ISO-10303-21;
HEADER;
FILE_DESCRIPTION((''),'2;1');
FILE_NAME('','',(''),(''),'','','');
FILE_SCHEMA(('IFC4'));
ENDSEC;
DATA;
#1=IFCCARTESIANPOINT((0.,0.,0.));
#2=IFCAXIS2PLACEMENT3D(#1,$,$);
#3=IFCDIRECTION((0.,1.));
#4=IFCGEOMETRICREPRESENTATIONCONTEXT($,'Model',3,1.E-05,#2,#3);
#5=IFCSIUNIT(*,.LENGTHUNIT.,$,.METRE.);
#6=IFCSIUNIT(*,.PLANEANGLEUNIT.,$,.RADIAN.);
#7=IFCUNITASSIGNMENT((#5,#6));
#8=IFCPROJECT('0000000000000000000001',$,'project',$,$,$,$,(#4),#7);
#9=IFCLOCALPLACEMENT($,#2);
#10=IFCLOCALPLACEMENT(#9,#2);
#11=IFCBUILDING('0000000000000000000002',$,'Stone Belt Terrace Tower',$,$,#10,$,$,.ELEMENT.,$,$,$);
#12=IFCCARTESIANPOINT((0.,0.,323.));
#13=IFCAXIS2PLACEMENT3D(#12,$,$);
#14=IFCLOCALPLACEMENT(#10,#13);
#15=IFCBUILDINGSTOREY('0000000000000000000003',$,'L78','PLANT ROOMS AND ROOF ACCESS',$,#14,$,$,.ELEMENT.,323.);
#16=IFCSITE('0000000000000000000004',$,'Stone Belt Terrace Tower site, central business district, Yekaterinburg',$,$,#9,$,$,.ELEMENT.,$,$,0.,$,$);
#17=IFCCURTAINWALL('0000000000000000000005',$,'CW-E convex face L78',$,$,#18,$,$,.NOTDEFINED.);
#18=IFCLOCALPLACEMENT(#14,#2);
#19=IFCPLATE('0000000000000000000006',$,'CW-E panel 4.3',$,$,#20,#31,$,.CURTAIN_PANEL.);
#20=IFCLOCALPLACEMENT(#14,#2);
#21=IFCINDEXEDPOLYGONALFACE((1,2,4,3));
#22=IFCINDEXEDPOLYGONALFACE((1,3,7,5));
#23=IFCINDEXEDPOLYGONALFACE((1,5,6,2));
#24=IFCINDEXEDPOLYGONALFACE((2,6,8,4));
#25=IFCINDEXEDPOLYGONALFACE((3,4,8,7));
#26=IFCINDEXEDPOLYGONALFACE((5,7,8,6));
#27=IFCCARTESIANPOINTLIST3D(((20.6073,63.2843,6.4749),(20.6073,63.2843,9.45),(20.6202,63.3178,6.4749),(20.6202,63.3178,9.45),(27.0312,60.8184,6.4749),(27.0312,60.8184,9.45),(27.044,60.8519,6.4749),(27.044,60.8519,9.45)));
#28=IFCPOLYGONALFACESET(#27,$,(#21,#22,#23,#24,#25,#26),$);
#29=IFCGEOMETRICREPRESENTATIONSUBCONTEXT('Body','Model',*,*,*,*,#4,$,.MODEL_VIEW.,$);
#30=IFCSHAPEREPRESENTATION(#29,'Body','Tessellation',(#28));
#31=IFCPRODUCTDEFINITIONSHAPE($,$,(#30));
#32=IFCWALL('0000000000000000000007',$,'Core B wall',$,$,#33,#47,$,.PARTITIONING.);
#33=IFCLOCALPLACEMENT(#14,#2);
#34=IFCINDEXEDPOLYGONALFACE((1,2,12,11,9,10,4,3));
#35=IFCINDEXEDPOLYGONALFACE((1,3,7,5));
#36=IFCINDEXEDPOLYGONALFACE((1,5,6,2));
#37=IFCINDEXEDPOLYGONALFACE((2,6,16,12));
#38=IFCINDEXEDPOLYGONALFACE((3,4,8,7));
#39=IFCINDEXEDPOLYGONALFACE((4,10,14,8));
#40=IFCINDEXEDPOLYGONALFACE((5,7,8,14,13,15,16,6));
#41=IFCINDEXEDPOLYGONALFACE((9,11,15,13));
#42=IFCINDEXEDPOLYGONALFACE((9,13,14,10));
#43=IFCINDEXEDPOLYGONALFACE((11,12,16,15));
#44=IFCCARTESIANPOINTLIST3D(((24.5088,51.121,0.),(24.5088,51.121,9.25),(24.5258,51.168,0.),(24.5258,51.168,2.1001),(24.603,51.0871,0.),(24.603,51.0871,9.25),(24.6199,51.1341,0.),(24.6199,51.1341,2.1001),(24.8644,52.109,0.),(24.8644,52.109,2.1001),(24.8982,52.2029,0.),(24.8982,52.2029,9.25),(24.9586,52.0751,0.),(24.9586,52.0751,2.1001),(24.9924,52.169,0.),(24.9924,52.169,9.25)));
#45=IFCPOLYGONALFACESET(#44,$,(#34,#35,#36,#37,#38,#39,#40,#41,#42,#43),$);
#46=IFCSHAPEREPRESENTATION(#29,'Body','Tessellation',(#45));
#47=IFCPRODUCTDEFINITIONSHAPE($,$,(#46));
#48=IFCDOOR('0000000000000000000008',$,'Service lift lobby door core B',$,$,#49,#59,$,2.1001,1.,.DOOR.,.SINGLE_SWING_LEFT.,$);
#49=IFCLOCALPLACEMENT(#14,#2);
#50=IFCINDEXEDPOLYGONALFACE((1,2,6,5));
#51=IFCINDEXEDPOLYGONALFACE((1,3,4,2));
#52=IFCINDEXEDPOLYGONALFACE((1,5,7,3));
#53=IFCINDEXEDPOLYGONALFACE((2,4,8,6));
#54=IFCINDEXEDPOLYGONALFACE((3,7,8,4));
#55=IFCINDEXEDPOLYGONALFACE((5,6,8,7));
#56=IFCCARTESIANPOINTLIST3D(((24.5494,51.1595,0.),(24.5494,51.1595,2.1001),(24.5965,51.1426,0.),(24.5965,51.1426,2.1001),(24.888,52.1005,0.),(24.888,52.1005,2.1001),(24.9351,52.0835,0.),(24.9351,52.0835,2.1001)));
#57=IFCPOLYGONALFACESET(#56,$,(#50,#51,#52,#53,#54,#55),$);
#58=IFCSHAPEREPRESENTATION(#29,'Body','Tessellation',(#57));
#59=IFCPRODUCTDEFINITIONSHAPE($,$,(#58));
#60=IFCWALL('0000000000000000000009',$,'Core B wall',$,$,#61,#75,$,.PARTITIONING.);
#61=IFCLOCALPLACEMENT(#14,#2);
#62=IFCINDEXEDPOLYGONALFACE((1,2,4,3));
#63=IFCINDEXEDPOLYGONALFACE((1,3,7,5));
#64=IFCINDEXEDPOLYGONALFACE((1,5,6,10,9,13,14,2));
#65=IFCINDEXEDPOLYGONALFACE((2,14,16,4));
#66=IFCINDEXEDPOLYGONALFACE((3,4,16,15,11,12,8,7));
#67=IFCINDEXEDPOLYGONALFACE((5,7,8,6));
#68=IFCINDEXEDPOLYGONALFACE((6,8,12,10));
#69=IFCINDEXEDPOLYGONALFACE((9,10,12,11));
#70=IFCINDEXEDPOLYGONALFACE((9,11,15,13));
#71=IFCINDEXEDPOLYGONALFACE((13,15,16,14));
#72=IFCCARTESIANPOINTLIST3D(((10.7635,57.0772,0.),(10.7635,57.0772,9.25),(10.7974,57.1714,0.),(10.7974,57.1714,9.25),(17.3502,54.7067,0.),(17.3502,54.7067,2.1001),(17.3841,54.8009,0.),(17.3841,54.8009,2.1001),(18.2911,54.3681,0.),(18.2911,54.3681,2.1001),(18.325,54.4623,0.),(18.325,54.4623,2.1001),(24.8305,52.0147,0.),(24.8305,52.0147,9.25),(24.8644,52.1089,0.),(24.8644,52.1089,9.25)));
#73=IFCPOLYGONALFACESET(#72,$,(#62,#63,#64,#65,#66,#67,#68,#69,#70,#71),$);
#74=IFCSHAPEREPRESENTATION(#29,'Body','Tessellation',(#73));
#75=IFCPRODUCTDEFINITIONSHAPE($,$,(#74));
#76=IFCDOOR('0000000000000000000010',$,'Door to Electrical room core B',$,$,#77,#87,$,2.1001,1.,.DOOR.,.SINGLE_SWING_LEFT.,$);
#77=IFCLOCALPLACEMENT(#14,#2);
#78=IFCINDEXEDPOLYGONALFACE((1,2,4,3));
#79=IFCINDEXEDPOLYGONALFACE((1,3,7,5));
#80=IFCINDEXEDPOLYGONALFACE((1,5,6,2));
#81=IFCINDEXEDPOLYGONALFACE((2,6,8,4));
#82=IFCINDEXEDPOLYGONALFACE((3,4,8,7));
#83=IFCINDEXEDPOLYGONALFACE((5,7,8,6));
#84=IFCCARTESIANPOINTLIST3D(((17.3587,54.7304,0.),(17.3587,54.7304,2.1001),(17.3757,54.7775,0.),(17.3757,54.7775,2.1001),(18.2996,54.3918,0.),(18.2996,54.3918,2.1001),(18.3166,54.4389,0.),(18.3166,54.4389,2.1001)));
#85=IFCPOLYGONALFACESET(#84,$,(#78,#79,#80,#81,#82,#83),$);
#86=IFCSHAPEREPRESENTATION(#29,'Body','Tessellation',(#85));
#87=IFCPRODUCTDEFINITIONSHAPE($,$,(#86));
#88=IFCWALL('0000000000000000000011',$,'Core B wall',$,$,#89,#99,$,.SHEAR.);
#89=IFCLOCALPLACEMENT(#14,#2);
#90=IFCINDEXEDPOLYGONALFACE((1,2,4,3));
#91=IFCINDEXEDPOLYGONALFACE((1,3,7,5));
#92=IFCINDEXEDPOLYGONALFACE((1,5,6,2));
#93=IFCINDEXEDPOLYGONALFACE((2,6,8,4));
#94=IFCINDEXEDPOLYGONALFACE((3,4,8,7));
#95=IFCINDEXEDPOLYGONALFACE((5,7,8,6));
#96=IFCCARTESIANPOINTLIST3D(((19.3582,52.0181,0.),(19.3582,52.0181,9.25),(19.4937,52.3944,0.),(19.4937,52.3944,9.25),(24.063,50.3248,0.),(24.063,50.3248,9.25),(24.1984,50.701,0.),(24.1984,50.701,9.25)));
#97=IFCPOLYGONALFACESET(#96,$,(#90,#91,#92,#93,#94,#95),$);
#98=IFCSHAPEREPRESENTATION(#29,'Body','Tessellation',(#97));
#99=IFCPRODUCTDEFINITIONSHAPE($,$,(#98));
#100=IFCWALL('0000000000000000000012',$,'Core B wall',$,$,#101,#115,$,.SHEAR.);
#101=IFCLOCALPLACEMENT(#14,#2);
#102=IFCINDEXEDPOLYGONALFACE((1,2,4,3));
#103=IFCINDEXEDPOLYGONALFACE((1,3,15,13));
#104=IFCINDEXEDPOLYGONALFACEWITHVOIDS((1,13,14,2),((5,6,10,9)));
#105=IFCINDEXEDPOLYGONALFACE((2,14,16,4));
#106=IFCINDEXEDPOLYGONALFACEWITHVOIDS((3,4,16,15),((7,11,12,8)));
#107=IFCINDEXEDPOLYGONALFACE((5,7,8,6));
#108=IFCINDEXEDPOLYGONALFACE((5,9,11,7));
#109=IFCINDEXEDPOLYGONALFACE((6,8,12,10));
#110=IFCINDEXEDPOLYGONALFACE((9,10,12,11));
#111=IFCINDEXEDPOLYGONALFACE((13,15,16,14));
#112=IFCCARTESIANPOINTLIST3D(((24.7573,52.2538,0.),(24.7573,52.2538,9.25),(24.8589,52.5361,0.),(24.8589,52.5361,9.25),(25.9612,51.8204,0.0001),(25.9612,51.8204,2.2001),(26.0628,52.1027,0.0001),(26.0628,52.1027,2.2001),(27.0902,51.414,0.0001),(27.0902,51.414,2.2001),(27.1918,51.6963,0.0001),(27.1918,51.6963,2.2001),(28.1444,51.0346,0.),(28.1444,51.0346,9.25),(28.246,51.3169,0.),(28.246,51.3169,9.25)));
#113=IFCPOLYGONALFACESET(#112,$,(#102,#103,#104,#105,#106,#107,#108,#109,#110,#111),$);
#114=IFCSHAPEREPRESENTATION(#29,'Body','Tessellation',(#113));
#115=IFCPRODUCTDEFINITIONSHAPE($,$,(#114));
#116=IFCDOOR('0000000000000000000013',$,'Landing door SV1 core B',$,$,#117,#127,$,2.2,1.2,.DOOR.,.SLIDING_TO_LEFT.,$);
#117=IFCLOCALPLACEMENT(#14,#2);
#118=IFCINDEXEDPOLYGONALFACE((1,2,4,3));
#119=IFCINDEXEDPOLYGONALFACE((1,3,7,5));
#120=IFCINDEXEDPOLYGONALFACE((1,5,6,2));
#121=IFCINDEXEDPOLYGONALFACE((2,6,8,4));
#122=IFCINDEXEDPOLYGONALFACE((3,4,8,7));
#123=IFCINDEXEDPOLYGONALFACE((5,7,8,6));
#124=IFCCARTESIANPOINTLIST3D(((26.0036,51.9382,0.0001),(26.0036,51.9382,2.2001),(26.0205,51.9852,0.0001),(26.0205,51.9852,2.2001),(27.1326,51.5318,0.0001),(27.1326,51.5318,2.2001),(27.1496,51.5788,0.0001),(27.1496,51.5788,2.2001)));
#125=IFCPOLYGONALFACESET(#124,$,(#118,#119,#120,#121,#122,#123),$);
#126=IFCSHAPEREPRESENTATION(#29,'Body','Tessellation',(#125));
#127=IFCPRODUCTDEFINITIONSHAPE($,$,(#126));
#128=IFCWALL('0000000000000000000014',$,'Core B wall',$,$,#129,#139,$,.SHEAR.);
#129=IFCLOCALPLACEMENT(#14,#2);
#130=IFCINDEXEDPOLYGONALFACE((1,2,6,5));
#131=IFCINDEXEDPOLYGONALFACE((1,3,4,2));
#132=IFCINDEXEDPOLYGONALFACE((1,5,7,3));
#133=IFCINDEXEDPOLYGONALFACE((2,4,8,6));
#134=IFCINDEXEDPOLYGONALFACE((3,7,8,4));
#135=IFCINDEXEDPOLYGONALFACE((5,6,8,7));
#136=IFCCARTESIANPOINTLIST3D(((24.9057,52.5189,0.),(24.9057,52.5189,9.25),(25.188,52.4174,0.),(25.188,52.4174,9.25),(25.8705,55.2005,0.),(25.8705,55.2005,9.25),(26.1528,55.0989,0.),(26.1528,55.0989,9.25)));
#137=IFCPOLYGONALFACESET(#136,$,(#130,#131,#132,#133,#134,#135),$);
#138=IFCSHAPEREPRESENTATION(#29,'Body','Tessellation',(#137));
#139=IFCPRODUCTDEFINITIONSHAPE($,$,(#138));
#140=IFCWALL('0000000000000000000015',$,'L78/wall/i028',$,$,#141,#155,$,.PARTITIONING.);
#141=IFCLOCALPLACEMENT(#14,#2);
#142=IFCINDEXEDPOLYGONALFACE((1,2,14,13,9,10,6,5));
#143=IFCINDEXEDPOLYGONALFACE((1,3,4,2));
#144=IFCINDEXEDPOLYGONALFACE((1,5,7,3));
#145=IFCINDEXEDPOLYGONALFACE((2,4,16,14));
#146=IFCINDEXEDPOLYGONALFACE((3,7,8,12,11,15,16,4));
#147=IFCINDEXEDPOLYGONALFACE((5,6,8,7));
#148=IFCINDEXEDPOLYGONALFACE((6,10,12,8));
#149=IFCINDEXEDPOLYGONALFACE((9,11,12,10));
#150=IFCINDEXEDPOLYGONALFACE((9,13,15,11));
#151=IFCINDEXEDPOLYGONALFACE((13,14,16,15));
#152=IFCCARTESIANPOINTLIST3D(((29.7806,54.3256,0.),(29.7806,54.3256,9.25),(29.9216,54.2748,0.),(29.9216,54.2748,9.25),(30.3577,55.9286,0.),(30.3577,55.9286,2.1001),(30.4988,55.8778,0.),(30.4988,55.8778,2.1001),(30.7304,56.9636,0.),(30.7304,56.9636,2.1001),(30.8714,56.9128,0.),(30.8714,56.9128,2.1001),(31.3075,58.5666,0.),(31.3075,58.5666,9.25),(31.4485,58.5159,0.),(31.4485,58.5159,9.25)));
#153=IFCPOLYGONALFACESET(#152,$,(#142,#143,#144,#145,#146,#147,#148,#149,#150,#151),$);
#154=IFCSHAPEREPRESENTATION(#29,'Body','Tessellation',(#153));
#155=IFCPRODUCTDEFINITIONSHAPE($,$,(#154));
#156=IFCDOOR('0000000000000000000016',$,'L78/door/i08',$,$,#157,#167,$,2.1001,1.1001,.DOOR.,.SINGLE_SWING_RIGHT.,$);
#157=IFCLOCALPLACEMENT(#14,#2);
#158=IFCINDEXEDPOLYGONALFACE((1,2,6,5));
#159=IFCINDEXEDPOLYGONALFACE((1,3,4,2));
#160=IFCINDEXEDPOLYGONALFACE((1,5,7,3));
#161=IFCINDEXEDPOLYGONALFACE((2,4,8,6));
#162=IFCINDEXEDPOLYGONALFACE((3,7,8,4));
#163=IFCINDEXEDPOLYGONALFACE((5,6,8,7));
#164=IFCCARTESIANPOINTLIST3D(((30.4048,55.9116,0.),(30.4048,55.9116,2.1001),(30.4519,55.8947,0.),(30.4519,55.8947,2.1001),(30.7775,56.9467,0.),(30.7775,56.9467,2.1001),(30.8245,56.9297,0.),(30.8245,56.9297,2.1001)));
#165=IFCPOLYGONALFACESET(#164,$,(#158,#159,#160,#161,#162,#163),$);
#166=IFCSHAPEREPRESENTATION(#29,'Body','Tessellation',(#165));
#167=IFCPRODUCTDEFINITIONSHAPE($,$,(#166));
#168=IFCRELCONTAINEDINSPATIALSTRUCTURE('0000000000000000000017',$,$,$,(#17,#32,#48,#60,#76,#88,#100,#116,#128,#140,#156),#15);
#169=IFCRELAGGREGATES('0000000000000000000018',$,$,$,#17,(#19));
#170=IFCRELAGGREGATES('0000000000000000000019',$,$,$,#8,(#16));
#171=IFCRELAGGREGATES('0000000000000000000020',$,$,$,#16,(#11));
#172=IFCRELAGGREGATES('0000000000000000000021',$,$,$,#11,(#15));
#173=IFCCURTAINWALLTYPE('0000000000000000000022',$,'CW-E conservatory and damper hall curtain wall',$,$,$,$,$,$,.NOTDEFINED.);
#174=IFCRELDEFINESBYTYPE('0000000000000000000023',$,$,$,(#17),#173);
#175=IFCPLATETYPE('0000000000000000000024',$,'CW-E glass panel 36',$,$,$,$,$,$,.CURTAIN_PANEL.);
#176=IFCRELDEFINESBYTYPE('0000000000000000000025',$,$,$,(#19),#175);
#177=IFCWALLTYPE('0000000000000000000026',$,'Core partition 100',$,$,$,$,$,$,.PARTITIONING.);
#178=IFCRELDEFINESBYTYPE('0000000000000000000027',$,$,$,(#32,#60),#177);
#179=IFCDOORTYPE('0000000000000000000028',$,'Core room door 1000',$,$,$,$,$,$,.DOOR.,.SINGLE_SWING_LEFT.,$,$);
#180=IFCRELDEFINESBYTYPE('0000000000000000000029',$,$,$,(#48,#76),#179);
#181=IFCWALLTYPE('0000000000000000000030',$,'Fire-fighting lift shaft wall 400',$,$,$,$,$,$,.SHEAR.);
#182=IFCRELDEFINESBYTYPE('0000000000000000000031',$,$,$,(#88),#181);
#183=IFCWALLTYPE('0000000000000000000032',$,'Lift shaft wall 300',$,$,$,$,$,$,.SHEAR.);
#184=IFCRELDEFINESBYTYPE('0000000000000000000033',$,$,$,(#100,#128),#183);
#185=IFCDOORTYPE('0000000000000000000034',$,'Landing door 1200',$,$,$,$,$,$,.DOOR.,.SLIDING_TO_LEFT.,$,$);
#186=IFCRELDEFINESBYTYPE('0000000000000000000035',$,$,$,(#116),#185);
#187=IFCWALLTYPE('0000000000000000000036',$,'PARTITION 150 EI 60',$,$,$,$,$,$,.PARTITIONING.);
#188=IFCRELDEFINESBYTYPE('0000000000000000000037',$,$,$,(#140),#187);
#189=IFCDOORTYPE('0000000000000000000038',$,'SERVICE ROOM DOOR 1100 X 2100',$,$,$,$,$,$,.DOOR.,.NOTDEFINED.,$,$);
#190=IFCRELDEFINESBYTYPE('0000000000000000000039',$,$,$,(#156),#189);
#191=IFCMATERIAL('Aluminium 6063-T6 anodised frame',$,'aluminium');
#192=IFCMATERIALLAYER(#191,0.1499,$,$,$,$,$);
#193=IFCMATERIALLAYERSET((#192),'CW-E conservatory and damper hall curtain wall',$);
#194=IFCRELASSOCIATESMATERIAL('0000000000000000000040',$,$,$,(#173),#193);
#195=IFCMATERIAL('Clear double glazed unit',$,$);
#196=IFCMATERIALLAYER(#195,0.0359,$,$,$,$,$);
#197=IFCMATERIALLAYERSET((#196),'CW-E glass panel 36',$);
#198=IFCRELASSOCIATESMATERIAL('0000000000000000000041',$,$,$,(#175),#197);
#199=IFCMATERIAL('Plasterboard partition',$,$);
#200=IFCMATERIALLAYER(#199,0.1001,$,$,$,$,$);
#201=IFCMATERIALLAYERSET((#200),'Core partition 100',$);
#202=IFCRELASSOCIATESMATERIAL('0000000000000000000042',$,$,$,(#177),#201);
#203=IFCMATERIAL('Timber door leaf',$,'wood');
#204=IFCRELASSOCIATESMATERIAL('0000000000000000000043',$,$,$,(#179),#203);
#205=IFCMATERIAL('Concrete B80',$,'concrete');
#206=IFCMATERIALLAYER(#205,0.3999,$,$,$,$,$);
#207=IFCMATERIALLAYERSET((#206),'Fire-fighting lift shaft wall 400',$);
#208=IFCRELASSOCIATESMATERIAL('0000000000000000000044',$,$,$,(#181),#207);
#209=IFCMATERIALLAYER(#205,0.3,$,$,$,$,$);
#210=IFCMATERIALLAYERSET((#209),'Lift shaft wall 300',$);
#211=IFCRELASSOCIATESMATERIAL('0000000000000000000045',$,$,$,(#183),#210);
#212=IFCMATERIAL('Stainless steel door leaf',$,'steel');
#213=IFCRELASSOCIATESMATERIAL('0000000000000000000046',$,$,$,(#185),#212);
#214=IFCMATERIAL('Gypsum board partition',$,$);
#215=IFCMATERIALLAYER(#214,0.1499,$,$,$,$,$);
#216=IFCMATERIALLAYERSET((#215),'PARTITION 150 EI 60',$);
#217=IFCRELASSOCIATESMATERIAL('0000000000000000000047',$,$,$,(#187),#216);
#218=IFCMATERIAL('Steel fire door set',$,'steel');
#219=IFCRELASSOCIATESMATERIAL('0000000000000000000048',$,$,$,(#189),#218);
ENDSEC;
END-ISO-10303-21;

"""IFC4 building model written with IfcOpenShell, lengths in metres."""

from ifc_helpers import new_model, si_unit, direction, frame, frame_2d, origin, origin_2d, place, context, subcontext, project, spatial, rectangle, extrude, material, layer, layer_set, type_object, element, fill, aggregate, save


model = new_model("IFC4")

# Units and contexts
model_context = context("Model", 3, precision=1e-05, world=origin(), true_north=direction((0.0, 1.0)))
body_context = subcontext(model_context, "Body", "Model", "MODEL_VIEW")
ifc_project = project(units=[si_unit("LENGTHUNIT", "METRE"), si_unit("PLANEANGLEUNIT", "RADIAN")], contexts=[model_context])

# Site, building, storey
site_placement = place(None, origin())
site = spatial("IfcSite", under=ifc_project, at=site_placement, Name="Stone Belt Terrace Tower site, central business district, Yekaterinburg", CompositionType="ELEMENT", RefElevation=0.0)
building_placement = place(site_placement, origin())
building = spatial("IfcBuilding", under=site, at=building_placement, Name="Stone Belt Terrace Tower", CompositionType="ELEMENT")
storey_placement = place(building_placement, frame((0.0, 0.0, 323.0)))
storey = spatial("IfcBuildingStorey", under=building, at=storey_placement, Name="L78", Description="PLANT ROOMS AND ROOF ACCESS", CompositionType="ELEMENT", Elevation=323.0)

# Curtain wall
ifc_material_1 = material(Name="Aluminium 6063-T6 anodised frame", Category="aluminium")
ifc_layer_1 = layer(ifc_material_1, 0.1499)
ifc_layer_set_1 = layer_set([ifc_layer_1], Name="CW-E conservatory and damper hall curtain wall")
curtain_wall_type = type_object("IfcCurtainWallType", Name="CW-E conservatory and damper hall curtain wall", PredefinedType="NOTDEFINED", material=ifc_layer_set_1)
curtain_wall_placement = place(storey_placement, origin())
curtain_wall = element("IfcCurtainWall", 1, at=curtain_wall_placement, inside=storey, type_object=curtain_wall_type, Name="CW-E convex face L78", PredefinedType="NOTDEFINED")

# Shared definitions
ifc_material_2 = material(Name="Concrete B80", Category="concrete")

# Plate
ifc_material_3 = material(Name="Clear double glazed unit")
ifc_layer_2 = layer(ifc_material_3, 0.0359)
ifc_layer_set_2 = layer_set([ifc_layer_2], Name="CW-E glass panel 36")
plate_type = type_object("IfcPlateType", Name="CW-E glass panel 36", PredefinedType="CURTAIN_PANEL", material=ifc_layer_set_2)
plate_1_placement = place(storey_placement, frame((23.8257, 62.0681, 6.4749), z_axis=(0.0, 0.0, 1.0), x_axis=(-0.93358, 0.358368, 0.0)))
plate_1 = element("IfcPlate", 2, at=plate_1_placement, type_object=plate_type, Name="CW-E panel 4.3", PredefinedType="CURTAIN_PANEL", context=body_context, shape_type="SweptSolid", body=[
    extrude(rectangle(XDim=6.8809, YDim=0.0359, at=origin_2d()), origin(), (0.0, 0.0, 1.0), 2.9751),
])
aggregate(curtain_wall, [plate_1])

# Walls, openings, doors
ifc_material_4 = material(Name="Plasterboard partition")
ifc_layer_3 = layer(ifc_material_4, 0.1001)
ifc_layer_set_3 = layer_set([ifc_layer_3], Name="Core partition 100")
wall_type_1 = type_object("IfcWallType", Name="Core partition 100", PredefinedType="PARTITIONING", material=ifc_layer_set_3)
wall_1_placement = place(storey_placement, frame((24.5559, 51.104, 0.0), z_axis=(0.0, 0.0, 1.0), x_axis=(0.338622, 0.940923, 0.0)))
wall_1 = element("IfcWall", 3, at=wall_1_placement, inside=storey, type_object=wall_type_1, Name="Core B wall", PredefinedType="PARTITIONING", context=body_context, shape_type="SweptSolid", body=[
    extrude(rectangle(XDim=1.1499, YDim=0.1001, at=frame_2d((0.575, 0.0))), origin(), (0.0, 0.0, 1.0), 9.25),
])
opening_1_placement = place(wall_1_placement, frame((0.05, 0.0, 0.0)))
opening_1 = element("IfcOpeningElement", 4, at=opening_1_placement, cuts=wall_1, PredefinedType="OPENING", context=body_context, shape_type="SweptSolid", body=[
    extrude(rectangle(XDim=1.0, YDim=2.1001, at=frame_2d((0.5, 1.05))), frame((0.0, 0.0601, 0.0), z_axis=(0.0, -1.0, 0.0), x_axis=(1.0, 0.0, 0.0)), (0.0, 0.0, 1.0), 0.1201),
])
ifc_material_5 = material(Name="Timber door leaf", Category="wood")
door_type_1 = type_object("IfcDoorType", Name="Core room door 1000", OperationType="SINGLE_SWING_LEFT", PredefinedType="DOOR", material=ifc_material_5)
door_1_placement = place(opening_1_placement, origin())
door_1 = element("IfcDoor", 5, at=door_1_placement, inside=storey, type_object=door_type_1, Name="Service lift lobby door core B", OperationType="SINGLE_SWING_LEFT", OverallHeight=2.1001, OverallWidth=1.0, PredefinedType="DOOR", context=body_context, shape_type="SweptSolid", body=[
    extrude(rectangle(XDim=1.0, YDim=2.1001, at=frame_2d((0.5, 1.05))), frame((0.0, 0.0249, 0.0), z_axis=(0.0, -1.0, 0.0), x_axis=(1.0, 0.0, 0.0)), (0.0, 0.0, 1.0), 0.05),
])
fill(opening_1, door_1)
wall_2_placement = place(storey_placement, frame((24.8474, 52.0618, 0.0), z_axis=(0.0, 0.0, 1.0), x_axis=(-0.940921, 0.338626, 0.0)))
wall_2 = element("IfcWall", 6, at=wall_2_placement, inside=storey, type_object=wall_type_1, Name="Core B wall", PredefinedType="PARTITIONING", context=body_context, shape_type="SweptSolid", body=[
    extrude(rectangle(XDim=14.9502, YDim=0.1001, at=frame_2d((7.4751, 0.0))), origin(), (0.0, 0.0, 1.0), 9.25),
])
opening_2_placement = place(wall_2_placement, frame((6.95, 0.0, 0.0)))
opening_2 = element("IfcOpeningElement", 7, at=opening_2_placement, cuts=wall_2, PredefinedType="OPENING", context=body_context, shape_type="SweptSolid", body=[
    extrude(rectangle(XDim=1.0, YDim=2.1001, at=frame_2d((0.5, 1.05))), frame((0.0, 0.0601, 0.0), z_axis=(0.0, -1.0, 0.0), x_axis=(1.0, 0.0, 0.0)), (0.0, 0.0, 1.0), 0.1201),
])
door_2_placement = place(opening_2_placement, origin())
door_2 = element("IfcDoor", 8, at=door_2_placement, inside=storey, type_object=door_type_1, Name="Door to Electrical room core B", OperationType="SINGLE_SWING_LEFT", OverallHeight=2.1001, OverallWidth=1.0, PredefinedType="DOOR", context=body_context, shape_type="SweptSolid", body=[
    extrude(rectangle(XDim=1.0, YDim=2.1001, at=frame_2d((0.5, 1.05))), frame((0.0, 0.0249, 0.0), z_axis=(0.0, -1.0, 0.0), x_axis=(1.0, 0.0, 0.0)), (0.0, 0.0, 1.0), 0.05),
])
fill(opening_2, door_2)

# Wall
ifc_layer_4 = layer(ifc_material_2, 0.3999)
ifc_layer_set_4 = layer_set([ifc_layer_4], Name="Fire-fighting lift shaft wall 400")
wall_type_2 = type_object("IfcWallType", Name="Fire-fighting lift shaft wall 400", PredefinedType="SHEAR", material=ifc_layer_set_4)
wall_3_placement = place(storey_placement, frame((24.1306, 50.5129, 0.0), z_axis=(0.0, 0.0, 1.0), x_axis=(-0.940912, 0.338652, 0.0)))
element("IfcWall", 9, at=wall_3_placement, inside=storey, type_object=wall_type_2, Name="Core B wall", PredefinedType="SHEAR", context=body_context, shape_type="SweptSolid", body=[
    extrude(rectangle(XDim=5.0002, YDim=0.3999, at=frame_2d((2.5, 0.0))), origin(), (0.0, 0.0, 1.0), 9.25),
])

# Wall, opening, door
ifc_layer_5 = layer(ifc_material_2, 0.3)
ifc_layer_set_5 = layer_set([ifc_layer_5], Name="Lift shaft wall 300")
wall_type_3 = type_object("IfcWallType", Name="Lift shaft wall 300", PredefinedType="SHEAR", material=ifc_layer_set_5)
wall_4_placement = place(storey_placement, frame((28.1951, 51.1758, 0.0), z_axis=(0.0, 0.0, 1.0), x_axis=(-0.940901, 0.338681, 0.0)))
wall_4 = element("IfcWall", 10, at=wall_4_placement, inside=storey, type_object=wall_type_3, Name="Core B wall", PredefinedType="SHEAR", context=body_context, shape_type="SweptSolid", body=[
    extrude(rectangle(XDim=3.5999, YDim=0.3, at=frame_2d((1.7998, 0.0))), origin(), (0.0, 0.0, 1.0), 9.25),
])
opening_3_placement = place(wall_4_placement, frame((1.1201, 0.0, 0.0)))
opening_3 = element("IfcOpeningElement", 11, at=opening_3_placement, cuts=wall_4, PredefinedType="OPENING", context=body_context, shape_type="SweptSolid", body=[
    extrude(rectangle(XDim=1.2, YDim=2.2, at=frame_2d((0.6001, 1.1001))), frame((0.0, 0.1599, 0.0), z_axis=(0.0, -1.0, 0.0), x_axis=(1.0, 0.0, 0.0)), (0.0, 0.0, 1.0), 0.3201),
])
ifc_material_6 = material(Name="Stainless steel door leaf", Category="steel")
door_type_2 = type_object("IfcDoorType", Name="Landing door 1200", OperationType="SLIDING_TO_LEFT", PredefinedType="DOOR", material=ifc_material_6)
door_3_placement = place(opening_3_placement, origin())
door_3 = element("IfcDoor", 12, at=door_3_placement, inside=storey, type_object=door_type_2, Name="Landing door SV1 core B", OperationType="SLIDING_TO_LEFT", OverallHeight=2.2, OverallWidth=1.2, PredefinedType="DOOR", context=body_context, shape_type="SweptSolid", body=[
    extrude(rectangle(XDim=1.2, YDim=2.2, at=frame_2d((0.6001, 1.1001))), frame((0.0, 0.0249, 0.0), z_axis=(0.0, -1.0, 0.0), x_axis=(1.0, 0.0, 0.0)), (0.0, 0.0, 1.0), 0.05),
])
fill(opening_3, door_3)

# Wall
wall_5_placement = place(storey_placement, frame((25.0469, 52.4683, 0.0), z_axis=(0.0, 0.0, 1.0), x_axis=(0.33855, 0.940949, 0.0)))
element("IfcWall", 13, at=wall_5_placement, inside=storey, type_object=wall_type_3, Name="Core B wall", PredefinedType="SHEAR", context=body_context, shape_type="SweptSolid", body=[
    extrude(rectangle(XDim=2.8499, YDim=0.3, at=frame_2d((1.4248, 0.0))), origin(), (0.0, 0.0, 1.0), 9.25),
])

# Wall, opening, door
ifc_material_7 = material(Name="Gypsum board partition")
ifc_layer_6 = layer(ifc_material_7, 0.1499)
ifc_layer_set_6 = layer_set([ifc_layer_6], Name="PARTITION 150 EI 60")
wall_type_4 = type_object("IfcWallType", Name="PARTITION 150 EI 60", PredefinedType="PARTITIONING", material=ifc_layer_set_6)
wall_6_placement = place(storey_placement, frame((29.8511, 54.3, 0.0), z_axis=(0.0, 0.0, 1.0), x_axis=(0.338741, 0.94088, 0.0)))
wall_6 = element("IfcWall", 14, at=wall_6_placement, inside=storey, type_object=wall_type_4, Name="L78/wall/i028", PredefinedType="PARTITIONING", context=body_context, shape_type="SweptSolid", body=[
    extrude(rectangle(XDim=4.5076, YDim=0.1499, at=frame_2d((2.2539, 0.0))), origin(), (0.0, 0.0, 1.0), 9.25),
])
opening_4_placement = place(wall_6_placement, frame((1.7039, 0.0, 0.0)))
opening_4 = element("IfcOpeningElement", 15, at=opening_4_placement, cuts=wall_6, PredefinedType="OPENING", context=body_context, shape_type="SweptSolid", body=[
    extrude(rectangle(XDim=1.1001, YDim=2.1001, at=frame_2d((0.55, 1.05))), frame((0.0, 0.085, 0.0), z_axis=(0.0, -1.0, 0.0), x_axis=(1.0, 0.0, 0.0)), (0.0, 0.0, 1.0), 0.1699),
])
ifc_material_8 = material(Name="Steel fire door set", Category="steel")
door_type_3 = type_object("IfcDoorType", Name="SERVICE ROOM DOOR 1100 X 2100", OperationType="NOTDEFINED", PredefinedType="DOOR", material=ifc_material_8)
door_4_placement = place(opening_4_placement, origin())
door_4 = element("IfcDoor", 16, at=door_4_placement, inside=storey, type_object=door_type_3, Name="L78/door/i08", OperationType="SINGLE_SWING_RIGHT", OverallHeight=2.1001, OverallWidth=1.1001, PredefinedType="DOOR", context=body_context, shape_type="SweptSolid", body=[
    extrude(rectangle(XDim=1.1001, YDim=2.1001, at=frame_2d((0.55, 1.05))), frame((0.0, 0.0249, 0.0), z_axis=(0.0, -1.0, 0.0), x_axis=(1.0, 0.0, 0.0)), (0.0, 0.0, 1.0), 0.05),
])
fill(opening_4, door_4)

save(model, "model.ifc")
